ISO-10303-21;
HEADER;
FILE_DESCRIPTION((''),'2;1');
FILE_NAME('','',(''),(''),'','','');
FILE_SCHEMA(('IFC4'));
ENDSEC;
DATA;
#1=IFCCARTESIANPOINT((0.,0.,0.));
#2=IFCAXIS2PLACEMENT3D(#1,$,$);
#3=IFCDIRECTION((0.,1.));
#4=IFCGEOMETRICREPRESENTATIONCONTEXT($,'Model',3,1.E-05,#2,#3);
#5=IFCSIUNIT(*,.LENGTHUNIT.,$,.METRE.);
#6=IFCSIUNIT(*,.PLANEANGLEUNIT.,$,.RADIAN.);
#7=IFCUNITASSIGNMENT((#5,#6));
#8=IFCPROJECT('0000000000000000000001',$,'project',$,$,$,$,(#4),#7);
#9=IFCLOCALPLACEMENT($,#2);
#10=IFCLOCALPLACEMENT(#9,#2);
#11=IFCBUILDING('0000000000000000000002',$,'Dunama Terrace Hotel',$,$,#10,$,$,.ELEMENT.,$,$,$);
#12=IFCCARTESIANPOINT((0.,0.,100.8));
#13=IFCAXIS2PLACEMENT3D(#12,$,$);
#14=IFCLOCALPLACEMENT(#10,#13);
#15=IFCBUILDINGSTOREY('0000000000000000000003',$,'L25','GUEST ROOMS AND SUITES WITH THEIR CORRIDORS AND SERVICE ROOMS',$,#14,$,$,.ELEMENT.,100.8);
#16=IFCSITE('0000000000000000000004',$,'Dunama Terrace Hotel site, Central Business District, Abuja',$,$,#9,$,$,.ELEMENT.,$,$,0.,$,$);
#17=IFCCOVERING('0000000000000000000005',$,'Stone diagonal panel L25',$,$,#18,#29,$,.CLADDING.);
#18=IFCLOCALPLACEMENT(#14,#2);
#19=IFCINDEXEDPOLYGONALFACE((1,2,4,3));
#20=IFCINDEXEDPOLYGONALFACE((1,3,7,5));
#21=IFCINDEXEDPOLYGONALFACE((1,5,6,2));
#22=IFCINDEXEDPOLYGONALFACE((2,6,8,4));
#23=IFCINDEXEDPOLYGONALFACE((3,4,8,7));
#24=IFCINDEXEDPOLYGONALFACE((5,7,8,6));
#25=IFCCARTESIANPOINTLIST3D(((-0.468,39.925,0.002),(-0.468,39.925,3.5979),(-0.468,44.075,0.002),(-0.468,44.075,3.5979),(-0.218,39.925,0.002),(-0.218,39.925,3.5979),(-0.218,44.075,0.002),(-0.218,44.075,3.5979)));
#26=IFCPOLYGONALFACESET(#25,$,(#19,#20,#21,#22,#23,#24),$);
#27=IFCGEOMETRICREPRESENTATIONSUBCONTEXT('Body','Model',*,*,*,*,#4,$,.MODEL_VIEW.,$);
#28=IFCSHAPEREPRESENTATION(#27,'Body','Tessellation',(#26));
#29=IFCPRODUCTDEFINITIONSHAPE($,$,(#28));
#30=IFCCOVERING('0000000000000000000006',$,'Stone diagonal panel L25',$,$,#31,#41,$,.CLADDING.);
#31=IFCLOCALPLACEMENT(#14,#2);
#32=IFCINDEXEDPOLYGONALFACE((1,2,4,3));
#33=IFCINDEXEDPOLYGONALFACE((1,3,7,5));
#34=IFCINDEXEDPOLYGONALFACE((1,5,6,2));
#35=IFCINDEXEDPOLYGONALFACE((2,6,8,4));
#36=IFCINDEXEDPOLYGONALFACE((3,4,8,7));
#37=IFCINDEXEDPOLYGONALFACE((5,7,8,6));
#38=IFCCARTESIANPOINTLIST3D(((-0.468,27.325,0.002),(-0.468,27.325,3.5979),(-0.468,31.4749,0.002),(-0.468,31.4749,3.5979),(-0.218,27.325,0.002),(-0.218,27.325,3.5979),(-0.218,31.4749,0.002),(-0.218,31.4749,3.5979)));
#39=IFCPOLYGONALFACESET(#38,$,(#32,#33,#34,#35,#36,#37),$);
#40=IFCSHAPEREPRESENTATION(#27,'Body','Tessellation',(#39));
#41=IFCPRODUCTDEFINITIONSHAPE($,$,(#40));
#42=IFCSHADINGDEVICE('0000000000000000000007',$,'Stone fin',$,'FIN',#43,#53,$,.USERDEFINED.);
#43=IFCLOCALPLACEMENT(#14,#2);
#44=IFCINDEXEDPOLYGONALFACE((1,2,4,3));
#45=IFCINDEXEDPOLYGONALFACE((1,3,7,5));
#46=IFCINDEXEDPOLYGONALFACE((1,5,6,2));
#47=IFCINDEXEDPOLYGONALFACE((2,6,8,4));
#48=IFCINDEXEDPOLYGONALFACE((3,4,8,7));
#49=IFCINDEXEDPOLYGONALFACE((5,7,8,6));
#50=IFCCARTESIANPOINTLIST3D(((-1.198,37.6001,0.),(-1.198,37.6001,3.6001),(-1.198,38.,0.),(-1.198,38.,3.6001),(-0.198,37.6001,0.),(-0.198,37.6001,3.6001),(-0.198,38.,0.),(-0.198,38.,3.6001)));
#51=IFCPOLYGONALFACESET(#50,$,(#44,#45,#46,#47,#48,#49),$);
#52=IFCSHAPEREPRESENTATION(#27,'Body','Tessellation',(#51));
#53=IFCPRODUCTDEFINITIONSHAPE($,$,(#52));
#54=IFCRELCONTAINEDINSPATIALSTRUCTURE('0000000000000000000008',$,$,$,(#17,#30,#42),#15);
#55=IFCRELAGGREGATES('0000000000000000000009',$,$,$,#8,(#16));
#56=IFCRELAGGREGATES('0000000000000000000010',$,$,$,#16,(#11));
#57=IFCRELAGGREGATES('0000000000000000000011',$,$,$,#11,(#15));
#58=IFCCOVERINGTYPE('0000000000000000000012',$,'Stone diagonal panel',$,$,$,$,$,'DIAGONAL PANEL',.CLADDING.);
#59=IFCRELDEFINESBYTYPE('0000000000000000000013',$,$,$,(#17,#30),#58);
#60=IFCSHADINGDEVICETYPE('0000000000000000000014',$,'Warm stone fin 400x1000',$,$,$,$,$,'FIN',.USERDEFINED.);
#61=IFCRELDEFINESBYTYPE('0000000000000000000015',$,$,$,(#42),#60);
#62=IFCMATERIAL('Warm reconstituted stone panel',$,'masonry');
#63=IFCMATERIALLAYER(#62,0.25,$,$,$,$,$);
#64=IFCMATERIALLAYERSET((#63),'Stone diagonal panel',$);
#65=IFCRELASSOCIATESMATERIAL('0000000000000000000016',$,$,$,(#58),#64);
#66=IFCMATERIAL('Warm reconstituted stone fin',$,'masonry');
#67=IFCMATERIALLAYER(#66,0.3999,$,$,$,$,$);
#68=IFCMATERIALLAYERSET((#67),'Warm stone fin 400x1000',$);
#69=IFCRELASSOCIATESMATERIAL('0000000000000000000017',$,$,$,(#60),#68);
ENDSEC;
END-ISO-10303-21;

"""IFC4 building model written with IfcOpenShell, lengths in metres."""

from ifc_helpers import new_model, si_unit, direction, frame, origin, origin_2d, place, context, subcontext, project, spatial, rectangle, extrude, material, layer, layer_set, type_object, element, save


model = new_model("IFC4")

# Units and contexts
model_context = context("Model", 3, precision=1e-05, world=origin(), true_north=direction((0.0, 1.0)))
body_context = subcontext(model_context, "Body", "Model", "MODEL_VIEW")
ifc_project = project(units=[si_unit("LENGTHUNIT", "METRE"), si_unit("PLANEANGLEUNIT", "RADIAN")], contexts=[model_context])

# Site, building, storey
site_placement = place(None, origin())
site = spatial("IfcSite", under=ifc_project, at=site_placement, Name="Dunama Terrace Hotel site, Central Business District, Abuja", CompositionType="ELEMENT", RefElevation=0.0)
building_placement = place(site_placement, origin())
building = spatial("IfcBuilding", under=site, at=building_placement, Name="Dunama Terrace Hotel", CompositionType="ELEMENT")
storey_placement = place(building_placement, frame((0.0, 0.0, 100.8)))
storey = spatial("IfcBuildingStorey", under=building, at=storey_placement, Name="L25", Description="GUEST ROOMS AND SUITES WITH THEIR CORRIDORS AND SERVICE ROOMS", CompositionType="ELEMENT", Elevation=100.8)

# Coverings
ifc_material_1 = material(Name="Warm reconstituted stone panel", Category="masonry")
ifc_layer_1 = layer(ifc_material_1, 0.25)
ifc_layer_set_1 = layer_set([ifc_layer_1], Name="Stone diagonal panel")
covering_type = type_object("IfcCoveringType", Name="Stone diagonal panel", ElementType="DIAGONAL PANEL", PredefinedType="CLADDING", material=ifc_layer_set_1)
for number, where, z_axis, x_axis, name in (
    (1, (-0.343, 42.0, 0.002), (0.0, 0.0, 1.0), (0.0, -1.0, 0.0), "Stone diagonal panel L25"),
    (2, (-0.343, 29.3999, 0.002), (0.0, 0.0, 1.0), (0.0, -1.0, 0.0), "Stone diagonal panel L25"),
):
    element("IfcCovering", number, at=place(storey_placement, frame(where, z_axis=z_axis, x_axis=x_axis)), inside=storey, type_object=covering_type, Name=name, PredefinedType="CLADDING", context=body_context, shape_type="SweptSolid", body=[
        extrude(rectangle(XDim=4.1499, YDim=0.25, at=origin_2d()), origin(), (0.0, 0.0, 1.0), 3.5959),
    ])

# Shading device
ifc_material_2 = material(Name="Warm reconstituted stone fin", Category="masonry")
ifc_layer_2 = layer(ifc_material_2, 0.3999)
ifc_layer_set_2 = layer_set([ifc_layer_2], Name="Warm stone fin 400x1000")
shading_device_type = type_object("IfcShadingDeviceType", Name="Warm stone fin 400x1000", ElementType="FIN", PredefinedType="USERDEFINED", material=ifc_layer_set_2)
shading_device_placement = place(storey_placement, frame((-0.698, 37.8, 0.0), z_axis=(0.0, 0.0, 1.0), x_axis=(0.0, -1.0, 0.0)))
element("IfcShadingDevice", 3, at=shading_device_placement, inside=storey, type_object=shading_device_type, Name="Stone fin", ObjectType="FIN", PredefinedType="USERDEFINED", context=body_context, shape_type="SweptSolid", body=[
    extrude(rectangle(XDim=0.3999, YDim=1.0, at=origin_2d()), origin(), (0.0, 0.0, 1.0), 3.6001),
])

save(model, "model.ifc")
